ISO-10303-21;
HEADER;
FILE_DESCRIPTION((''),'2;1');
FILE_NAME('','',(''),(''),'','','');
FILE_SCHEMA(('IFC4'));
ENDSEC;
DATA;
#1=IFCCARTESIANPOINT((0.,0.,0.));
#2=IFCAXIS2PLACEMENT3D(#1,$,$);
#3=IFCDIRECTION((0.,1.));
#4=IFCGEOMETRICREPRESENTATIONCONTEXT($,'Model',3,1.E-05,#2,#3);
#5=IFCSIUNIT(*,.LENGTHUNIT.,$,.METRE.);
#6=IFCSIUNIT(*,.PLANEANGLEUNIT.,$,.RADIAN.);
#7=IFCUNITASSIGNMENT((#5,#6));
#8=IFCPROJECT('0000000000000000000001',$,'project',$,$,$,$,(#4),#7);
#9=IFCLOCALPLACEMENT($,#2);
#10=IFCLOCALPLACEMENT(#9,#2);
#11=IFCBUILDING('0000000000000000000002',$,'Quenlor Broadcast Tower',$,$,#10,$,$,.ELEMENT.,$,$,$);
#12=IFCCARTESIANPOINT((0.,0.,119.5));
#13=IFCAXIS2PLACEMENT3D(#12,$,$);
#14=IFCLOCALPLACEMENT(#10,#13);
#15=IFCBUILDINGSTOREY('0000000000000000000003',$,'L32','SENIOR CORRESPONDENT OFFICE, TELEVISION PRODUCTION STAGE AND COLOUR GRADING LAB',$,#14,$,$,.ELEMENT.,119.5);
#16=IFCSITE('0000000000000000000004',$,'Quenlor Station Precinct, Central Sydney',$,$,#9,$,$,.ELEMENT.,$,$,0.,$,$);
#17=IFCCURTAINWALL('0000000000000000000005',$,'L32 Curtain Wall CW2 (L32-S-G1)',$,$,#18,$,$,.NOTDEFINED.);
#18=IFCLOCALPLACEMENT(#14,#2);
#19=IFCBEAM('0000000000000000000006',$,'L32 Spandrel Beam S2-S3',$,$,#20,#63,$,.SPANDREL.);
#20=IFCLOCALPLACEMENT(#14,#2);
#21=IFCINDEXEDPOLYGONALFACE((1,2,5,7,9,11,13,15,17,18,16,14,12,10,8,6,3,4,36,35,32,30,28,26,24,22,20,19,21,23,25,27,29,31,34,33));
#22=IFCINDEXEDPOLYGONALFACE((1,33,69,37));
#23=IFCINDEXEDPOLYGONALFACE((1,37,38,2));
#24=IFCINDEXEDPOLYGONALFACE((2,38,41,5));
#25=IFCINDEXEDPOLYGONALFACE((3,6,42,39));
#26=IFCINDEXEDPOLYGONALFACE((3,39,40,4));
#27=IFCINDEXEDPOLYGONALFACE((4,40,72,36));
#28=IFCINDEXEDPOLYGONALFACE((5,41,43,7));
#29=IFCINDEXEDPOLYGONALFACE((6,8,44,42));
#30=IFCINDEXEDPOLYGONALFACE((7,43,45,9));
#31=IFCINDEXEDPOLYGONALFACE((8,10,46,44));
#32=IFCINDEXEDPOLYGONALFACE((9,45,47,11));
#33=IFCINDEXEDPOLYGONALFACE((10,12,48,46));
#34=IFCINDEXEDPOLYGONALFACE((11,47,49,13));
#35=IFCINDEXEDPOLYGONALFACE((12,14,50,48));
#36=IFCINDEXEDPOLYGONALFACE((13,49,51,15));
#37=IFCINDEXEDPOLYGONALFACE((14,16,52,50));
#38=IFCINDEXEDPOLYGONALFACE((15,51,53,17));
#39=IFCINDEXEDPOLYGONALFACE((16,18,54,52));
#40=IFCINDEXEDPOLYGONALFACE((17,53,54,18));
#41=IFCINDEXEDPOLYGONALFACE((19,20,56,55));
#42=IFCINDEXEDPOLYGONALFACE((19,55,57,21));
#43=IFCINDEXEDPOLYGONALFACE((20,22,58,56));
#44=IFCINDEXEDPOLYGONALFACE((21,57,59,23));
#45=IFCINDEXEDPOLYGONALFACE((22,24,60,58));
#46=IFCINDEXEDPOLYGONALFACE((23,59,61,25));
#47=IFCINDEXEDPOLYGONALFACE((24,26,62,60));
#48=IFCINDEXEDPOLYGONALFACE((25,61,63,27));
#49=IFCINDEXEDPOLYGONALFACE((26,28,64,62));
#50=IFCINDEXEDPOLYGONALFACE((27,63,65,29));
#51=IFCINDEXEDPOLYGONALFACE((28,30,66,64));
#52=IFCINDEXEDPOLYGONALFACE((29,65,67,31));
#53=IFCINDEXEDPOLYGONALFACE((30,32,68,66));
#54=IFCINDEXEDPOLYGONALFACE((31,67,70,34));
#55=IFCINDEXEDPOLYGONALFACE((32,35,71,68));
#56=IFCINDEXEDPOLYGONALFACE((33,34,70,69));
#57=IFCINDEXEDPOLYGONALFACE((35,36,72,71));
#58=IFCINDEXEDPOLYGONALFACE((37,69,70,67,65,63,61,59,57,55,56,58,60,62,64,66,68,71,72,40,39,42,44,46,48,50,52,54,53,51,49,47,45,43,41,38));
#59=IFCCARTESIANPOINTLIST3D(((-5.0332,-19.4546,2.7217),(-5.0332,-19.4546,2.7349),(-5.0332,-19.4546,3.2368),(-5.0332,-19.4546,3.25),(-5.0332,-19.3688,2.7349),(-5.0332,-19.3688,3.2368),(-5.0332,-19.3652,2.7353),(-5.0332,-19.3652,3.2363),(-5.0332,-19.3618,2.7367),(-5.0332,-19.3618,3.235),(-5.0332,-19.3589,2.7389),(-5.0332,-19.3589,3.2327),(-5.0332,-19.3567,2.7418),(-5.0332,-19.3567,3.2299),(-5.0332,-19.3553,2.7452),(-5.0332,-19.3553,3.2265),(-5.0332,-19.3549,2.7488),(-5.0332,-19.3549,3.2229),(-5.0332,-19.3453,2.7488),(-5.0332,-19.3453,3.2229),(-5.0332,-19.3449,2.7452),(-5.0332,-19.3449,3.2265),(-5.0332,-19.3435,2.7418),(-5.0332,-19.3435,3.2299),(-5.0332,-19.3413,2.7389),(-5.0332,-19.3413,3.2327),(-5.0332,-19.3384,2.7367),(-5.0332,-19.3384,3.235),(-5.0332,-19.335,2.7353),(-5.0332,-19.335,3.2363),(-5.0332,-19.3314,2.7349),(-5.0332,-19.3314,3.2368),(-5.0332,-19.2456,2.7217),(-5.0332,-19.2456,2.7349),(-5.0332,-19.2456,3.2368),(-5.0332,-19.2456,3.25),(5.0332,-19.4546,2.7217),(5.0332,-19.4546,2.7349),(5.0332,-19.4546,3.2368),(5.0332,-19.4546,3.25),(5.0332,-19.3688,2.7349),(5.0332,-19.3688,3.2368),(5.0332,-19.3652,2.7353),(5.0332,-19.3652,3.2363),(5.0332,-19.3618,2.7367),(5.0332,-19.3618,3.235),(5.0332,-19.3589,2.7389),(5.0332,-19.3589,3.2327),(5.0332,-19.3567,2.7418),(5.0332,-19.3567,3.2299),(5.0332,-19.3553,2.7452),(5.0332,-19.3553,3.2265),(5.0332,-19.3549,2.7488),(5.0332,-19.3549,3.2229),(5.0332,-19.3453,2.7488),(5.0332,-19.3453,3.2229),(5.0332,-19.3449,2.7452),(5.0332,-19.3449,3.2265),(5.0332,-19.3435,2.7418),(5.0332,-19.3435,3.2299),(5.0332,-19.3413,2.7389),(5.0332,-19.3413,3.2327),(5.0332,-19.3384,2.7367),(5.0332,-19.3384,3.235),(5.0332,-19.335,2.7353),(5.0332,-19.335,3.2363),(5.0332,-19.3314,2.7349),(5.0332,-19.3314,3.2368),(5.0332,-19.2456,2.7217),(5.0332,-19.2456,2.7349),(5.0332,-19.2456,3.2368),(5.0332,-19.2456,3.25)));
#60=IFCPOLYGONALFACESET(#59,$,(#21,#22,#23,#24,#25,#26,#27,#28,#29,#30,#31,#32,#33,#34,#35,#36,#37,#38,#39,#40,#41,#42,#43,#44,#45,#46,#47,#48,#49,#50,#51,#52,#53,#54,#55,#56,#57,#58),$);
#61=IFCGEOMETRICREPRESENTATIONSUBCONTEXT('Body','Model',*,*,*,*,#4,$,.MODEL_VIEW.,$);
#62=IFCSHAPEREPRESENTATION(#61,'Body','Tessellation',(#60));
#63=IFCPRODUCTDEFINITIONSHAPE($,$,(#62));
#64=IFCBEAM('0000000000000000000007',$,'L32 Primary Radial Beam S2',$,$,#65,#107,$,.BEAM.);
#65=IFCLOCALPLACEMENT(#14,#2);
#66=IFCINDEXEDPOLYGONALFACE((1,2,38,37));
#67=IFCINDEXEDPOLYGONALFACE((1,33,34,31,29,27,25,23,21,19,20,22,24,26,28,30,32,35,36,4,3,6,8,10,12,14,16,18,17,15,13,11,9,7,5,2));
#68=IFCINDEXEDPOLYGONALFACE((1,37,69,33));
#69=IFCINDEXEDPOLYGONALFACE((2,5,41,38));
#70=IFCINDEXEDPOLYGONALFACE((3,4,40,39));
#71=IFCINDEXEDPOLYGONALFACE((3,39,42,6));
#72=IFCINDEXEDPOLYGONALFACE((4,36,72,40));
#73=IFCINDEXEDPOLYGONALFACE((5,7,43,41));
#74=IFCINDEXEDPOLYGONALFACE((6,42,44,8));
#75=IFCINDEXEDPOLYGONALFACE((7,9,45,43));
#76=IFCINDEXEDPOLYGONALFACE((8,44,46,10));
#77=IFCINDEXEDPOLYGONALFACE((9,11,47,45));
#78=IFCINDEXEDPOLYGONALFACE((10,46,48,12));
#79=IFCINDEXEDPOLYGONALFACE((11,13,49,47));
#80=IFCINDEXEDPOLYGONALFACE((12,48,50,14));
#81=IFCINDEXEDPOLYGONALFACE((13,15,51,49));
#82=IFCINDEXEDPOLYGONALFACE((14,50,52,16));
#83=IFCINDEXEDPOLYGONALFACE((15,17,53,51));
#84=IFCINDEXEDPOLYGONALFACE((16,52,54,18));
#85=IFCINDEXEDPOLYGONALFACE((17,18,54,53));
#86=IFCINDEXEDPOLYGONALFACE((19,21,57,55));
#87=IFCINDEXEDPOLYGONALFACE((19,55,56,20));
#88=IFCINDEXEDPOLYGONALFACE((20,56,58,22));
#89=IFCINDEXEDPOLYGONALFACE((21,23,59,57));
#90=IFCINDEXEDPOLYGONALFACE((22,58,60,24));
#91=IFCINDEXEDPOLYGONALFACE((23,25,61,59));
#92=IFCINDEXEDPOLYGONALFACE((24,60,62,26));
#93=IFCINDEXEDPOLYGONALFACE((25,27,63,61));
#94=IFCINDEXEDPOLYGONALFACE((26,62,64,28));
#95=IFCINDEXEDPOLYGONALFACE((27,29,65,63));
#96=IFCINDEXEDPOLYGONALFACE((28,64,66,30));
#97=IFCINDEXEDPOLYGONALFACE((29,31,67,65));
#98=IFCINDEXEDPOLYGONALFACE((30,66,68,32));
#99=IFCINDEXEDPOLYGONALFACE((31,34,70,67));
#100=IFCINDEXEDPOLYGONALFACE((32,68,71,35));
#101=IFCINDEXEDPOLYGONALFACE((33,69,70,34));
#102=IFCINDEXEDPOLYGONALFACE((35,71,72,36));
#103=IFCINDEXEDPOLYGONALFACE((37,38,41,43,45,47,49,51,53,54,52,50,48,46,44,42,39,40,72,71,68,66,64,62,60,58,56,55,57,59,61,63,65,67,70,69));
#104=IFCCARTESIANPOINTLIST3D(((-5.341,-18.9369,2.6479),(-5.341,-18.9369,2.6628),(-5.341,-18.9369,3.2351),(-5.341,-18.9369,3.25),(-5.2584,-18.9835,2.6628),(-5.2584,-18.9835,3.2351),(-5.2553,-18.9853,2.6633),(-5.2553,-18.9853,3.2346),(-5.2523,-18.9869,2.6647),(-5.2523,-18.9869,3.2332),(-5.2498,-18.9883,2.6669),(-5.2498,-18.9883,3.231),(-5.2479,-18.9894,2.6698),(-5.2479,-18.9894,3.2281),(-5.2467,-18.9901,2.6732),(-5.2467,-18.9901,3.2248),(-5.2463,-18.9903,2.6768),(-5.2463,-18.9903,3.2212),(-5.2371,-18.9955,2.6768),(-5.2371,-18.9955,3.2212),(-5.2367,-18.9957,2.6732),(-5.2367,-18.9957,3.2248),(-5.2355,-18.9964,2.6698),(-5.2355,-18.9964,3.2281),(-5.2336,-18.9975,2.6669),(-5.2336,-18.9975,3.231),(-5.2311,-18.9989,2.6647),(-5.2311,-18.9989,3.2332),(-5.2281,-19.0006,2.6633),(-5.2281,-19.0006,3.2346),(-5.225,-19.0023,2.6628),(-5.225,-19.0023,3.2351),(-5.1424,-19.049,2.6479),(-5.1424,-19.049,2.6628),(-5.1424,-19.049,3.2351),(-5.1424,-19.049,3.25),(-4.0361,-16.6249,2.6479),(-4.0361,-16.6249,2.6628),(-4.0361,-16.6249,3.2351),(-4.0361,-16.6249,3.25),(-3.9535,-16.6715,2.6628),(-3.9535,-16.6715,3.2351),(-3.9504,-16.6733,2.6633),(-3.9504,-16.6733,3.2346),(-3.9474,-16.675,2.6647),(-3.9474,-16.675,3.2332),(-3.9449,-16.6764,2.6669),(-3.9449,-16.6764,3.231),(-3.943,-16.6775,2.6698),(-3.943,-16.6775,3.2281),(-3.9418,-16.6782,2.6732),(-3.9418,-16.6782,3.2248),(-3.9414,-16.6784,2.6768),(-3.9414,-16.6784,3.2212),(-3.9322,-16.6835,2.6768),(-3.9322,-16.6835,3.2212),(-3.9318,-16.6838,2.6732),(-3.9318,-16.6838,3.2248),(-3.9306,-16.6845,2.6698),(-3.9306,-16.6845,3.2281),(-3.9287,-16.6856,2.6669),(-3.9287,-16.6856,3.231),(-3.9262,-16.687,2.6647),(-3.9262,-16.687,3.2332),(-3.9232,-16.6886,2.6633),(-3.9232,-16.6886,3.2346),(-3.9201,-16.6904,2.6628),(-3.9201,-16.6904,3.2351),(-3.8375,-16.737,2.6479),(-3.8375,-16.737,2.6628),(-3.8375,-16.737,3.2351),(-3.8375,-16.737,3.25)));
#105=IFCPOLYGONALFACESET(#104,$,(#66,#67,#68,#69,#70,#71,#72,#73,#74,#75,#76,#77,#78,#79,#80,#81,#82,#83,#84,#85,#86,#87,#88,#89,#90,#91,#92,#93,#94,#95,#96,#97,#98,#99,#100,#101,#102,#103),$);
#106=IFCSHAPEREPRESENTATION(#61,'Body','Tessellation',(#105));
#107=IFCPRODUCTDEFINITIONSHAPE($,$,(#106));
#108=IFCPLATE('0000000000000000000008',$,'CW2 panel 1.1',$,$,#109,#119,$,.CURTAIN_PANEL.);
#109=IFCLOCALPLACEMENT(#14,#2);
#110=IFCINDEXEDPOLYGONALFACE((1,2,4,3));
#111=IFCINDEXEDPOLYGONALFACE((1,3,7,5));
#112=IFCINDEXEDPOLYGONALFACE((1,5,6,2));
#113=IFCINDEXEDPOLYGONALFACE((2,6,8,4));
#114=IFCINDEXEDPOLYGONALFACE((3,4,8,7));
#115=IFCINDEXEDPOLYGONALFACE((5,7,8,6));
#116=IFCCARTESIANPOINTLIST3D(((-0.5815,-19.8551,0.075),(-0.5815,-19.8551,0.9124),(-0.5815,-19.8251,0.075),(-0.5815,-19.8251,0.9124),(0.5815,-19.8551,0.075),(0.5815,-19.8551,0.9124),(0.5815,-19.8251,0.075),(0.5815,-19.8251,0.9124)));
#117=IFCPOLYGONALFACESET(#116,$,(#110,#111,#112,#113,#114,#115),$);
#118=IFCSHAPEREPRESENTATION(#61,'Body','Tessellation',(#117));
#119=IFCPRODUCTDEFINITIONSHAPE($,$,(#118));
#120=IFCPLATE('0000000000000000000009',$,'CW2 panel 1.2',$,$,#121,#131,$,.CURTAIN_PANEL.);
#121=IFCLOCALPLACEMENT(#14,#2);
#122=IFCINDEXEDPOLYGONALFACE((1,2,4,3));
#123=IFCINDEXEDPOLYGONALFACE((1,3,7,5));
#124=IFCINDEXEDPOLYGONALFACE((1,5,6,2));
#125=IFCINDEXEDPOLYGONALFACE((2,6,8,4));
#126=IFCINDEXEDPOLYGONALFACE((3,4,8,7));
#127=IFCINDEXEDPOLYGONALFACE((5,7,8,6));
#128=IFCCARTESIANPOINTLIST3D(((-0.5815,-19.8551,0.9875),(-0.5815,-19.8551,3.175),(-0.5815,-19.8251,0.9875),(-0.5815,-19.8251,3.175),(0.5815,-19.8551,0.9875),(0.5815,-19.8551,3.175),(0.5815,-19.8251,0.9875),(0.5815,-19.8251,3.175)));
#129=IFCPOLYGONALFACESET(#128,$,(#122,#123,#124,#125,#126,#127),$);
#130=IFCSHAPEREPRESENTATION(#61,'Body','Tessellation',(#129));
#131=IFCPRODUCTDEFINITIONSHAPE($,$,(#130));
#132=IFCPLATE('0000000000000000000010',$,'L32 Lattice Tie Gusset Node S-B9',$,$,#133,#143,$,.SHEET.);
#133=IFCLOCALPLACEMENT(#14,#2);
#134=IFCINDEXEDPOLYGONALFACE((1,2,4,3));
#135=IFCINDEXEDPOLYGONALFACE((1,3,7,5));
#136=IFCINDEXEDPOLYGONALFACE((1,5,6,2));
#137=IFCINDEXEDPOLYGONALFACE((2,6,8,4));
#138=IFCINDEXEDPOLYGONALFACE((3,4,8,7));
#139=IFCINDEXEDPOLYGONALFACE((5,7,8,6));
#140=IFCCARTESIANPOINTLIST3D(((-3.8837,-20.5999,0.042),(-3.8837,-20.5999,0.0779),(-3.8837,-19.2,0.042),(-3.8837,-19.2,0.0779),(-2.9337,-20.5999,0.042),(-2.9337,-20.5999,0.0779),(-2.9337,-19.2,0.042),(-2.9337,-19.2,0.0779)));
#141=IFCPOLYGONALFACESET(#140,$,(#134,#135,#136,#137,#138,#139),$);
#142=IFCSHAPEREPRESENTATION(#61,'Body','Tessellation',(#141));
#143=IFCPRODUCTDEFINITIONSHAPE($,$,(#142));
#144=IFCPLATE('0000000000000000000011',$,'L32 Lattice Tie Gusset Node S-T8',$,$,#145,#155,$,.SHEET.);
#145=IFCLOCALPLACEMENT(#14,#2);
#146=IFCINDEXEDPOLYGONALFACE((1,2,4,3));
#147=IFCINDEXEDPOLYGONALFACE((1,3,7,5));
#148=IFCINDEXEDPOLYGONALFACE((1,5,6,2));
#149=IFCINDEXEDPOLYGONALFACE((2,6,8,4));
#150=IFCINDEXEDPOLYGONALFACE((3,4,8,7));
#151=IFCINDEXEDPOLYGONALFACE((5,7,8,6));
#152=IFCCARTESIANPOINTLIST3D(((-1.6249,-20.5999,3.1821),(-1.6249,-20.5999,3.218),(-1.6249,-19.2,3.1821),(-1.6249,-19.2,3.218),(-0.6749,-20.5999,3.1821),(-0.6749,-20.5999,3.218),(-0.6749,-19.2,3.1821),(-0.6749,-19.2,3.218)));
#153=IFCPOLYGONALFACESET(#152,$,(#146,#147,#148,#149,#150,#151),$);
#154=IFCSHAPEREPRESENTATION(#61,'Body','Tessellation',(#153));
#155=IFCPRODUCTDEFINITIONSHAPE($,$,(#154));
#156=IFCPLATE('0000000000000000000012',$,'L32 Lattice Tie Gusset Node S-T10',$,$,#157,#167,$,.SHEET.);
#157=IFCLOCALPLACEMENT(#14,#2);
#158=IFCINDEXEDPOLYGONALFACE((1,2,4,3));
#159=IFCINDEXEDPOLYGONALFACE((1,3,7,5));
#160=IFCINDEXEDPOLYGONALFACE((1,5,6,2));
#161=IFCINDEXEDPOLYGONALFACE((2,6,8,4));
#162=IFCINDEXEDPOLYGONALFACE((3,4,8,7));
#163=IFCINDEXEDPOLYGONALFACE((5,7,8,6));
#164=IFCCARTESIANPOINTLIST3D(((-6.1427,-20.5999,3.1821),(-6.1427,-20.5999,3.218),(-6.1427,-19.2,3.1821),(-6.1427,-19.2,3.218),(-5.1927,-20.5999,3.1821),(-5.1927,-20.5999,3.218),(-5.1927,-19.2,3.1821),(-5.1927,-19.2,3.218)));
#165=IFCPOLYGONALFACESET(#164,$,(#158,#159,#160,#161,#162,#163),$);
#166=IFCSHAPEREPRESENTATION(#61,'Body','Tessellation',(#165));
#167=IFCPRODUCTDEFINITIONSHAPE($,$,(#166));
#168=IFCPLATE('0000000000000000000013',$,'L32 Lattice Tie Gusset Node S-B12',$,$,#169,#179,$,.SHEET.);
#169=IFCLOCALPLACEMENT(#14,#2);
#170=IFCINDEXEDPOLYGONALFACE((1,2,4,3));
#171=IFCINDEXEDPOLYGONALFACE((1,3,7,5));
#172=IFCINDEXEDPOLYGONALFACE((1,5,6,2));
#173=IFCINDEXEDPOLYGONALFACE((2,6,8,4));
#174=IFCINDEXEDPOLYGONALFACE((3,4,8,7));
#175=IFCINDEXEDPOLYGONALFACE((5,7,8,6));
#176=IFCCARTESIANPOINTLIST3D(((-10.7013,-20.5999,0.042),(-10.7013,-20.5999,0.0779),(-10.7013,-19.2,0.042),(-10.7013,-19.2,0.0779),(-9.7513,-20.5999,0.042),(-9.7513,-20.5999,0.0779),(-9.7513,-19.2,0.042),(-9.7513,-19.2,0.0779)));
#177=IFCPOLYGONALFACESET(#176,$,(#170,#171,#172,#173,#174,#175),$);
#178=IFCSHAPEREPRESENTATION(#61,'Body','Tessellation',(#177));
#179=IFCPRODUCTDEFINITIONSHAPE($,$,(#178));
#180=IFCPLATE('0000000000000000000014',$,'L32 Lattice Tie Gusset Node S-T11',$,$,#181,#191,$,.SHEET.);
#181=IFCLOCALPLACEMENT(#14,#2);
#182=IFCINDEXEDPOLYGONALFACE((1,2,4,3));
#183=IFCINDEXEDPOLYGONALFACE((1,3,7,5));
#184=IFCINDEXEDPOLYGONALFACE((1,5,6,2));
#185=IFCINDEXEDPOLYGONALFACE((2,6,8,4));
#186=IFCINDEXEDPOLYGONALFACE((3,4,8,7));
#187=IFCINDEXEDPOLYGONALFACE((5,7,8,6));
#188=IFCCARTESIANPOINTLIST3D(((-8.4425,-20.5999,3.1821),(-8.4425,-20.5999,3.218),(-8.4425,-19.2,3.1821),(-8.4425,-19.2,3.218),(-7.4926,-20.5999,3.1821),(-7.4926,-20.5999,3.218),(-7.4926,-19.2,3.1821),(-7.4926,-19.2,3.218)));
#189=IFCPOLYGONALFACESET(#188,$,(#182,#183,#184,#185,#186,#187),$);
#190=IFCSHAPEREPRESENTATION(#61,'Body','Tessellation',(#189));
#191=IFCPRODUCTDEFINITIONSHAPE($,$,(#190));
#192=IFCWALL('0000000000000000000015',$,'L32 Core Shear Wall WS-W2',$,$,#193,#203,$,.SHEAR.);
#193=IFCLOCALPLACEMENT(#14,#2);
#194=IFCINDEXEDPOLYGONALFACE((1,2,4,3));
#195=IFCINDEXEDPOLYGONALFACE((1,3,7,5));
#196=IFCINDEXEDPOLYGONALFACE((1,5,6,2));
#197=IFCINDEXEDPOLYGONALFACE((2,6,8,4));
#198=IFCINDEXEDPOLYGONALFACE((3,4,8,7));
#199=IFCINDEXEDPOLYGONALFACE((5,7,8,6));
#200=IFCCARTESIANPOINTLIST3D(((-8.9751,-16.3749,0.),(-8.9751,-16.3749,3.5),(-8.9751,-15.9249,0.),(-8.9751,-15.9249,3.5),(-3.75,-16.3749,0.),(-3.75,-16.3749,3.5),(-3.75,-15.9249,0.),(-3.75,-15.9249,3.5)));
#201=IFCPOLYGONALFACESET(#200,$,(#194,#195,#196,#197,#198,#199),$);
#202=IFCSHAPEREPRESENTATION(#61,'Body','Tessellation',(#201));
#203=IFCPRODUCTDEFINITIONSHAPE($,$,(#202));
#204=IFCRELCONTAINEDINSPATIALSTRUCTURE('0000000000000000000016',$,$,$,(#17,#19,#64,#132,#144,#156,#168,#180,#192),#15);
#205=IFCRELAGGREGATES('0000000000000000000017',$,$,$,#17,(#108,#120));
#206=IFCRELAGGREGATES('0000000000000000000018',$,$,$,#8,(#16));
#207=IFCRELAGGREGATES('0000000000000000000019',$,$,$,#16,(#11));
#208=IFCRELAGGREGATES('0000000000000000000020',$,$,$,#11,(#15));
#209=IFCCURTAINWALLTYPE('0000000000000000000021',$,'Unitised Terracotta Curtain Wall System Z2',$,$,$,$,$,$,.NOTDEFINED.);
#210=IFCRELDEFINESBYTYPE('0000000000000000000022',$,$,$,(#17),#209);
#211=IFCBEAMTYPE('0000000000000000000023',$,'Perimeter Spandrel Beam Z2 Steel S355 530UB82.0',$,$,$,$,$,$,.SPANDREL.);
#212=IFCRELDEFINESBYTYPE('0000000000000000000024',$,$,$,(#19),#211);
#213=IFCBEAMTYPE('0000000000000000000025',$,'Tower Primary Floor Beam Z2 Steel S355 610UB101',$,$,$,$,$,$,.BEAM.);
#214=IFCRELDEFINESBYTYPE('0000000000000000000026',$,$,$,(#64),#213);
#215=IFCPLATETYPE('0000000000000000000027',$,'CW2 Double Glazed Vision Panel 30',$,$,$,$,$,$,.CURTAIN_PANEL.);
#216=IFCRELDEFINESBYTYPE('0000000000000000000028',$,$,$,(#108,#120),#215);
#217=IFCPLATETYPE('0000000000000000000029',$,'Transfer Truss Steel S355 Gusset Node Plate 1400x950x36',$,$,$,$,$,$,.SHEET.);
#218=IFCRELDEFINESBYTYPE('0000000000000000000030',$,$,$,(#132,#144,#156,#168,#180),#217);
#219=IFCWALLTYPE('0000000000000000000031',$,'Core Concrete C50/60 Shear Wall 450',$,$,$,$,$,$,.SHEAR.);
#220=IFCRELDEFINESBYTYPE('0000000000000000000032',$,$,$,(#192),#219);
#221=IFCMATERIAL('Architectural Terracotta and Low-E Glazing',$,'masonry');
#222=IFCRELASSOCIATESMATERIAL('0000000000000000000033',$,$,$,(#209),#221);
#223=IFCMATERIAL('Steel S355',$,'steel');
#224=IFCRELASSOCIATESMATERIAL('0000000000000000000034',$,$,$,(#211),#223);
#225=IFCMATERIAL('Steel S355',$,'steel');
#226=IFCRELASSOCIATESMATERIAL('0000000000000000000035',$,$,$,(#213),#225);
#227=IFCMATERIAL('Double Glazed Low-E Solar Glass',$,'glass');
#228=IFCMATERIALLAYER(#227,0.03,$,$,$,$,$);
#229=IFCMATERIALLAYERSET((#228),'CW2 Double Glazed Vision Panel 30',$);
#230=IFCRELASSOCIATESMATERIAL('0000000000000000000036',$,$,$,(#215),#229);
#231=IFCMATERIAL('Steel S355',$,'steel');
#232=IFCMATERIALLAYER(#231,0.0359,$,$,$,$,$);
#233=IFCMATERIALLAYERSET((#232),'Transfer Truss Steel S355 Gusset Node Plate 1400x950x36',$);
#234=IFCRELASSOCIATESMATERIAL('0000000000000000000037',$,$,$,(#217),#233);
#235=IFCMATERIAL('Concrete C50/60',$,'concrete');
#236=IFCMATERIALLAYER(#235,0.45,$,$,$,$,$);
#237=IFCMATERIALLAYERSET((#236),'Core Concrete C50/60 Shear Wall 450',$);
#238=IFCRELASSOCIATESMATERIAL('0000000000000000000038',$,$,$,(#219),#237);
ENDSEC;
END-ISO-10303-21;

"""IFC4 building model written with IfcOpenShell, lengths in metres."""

from ifc_helpers import new_model, si_unit, direction, frame, frame_2d, origin, origin_2d, place, context, subcontext, project, spatial, rectangle, i_section, extrude, material, layer, layer_set, material_profile, profile_set, type_object, element, aggregate, save


model = new_model("IFC4")

# Units and contexts
model_context = context("Model", 3, precision=1e-05, world=origin(), true_north=direction((0.0, 1.0)))
body_context = subcontext(model_context, "Body", "Model", "MODEL_VIEW")
ifc_project = project(units=[si_unit("LENGTHUNIT", "METRE"), si_unit("PLANEANGLEUNIT", "RADIAN")], contexts=[model_context])

# Site, building, storey
site_placement = place(None, origin())
site = spatial("IfcSite", under=ifc_project, at=site_placement, Name="Quenlor Station Precinct, Central Sydney", CompositionType="ELEMENT", RefElevation=0.0)
building_placement = place(site_placement, origin())
building = spatial("IfcBuilding", under=site, at=building_placement, Name="Quenlor Broadcast Tower", CompositionType="ELEMENT")
storey_placement = place(building_placement, frame((0.0, 0.0, 119.5)))
storey = spatial("IfcBuildingStorey", under=building, at=storey_placement, Name="L32", Description="SENIOR CORRESPONDENT OFFICE, TELEVISION PRODUCTION STAGE AND COLOUR GRADING LAB", CompositionType="ELEMENT", Elevation=119.5)

# Curtain wall
ifc_material_1 = material(Name="Architectural Terracotta and Low-E Glazing", Category="masonry")
curtain_wall_type = type_object("IfcCurtainWallType", Name="Unitised Terracotta Curtain Wall System Z2", PredefinedType="NOTDEFINED", material=ifc_material_1)
curtain_wall_placement = place(storey_placement, origin())
curtain_wall = element("IfcCurtainWall", 1, at=curtain_wall_placement, inside=storey, type_object=curtain_wall_type, Name="L32 Curtain Wall CW2 (L32-S-G1)", PredefinedType="NOTDEFINED")

# Beams
ifc_material_2 = material(Name="Steel S355", Category="steel")
ifc_material_profile_1 = material_profile(ifc_material_2, i_section(OverallWidth=0.209, OverallDepth=0.5283, WebThickness=0.0095, FlangeThickness=0.0132, FilletRadius=0.0139, at=origin_2d()))
ifc_profile_set_1 = profile_set([ifc_material_profile_1], Name="Steel S355 530UB82.0")
beam_type_1 = type_object("IfcBeamType", Name="Perimeter Spandrel Beam Z2 Steel S355 530UB82.0", PredefinedType="SPANDREL", material=ifc_profile_set_1)
beam_1_placement = place(storey_placement, frame((-5.0332, -19.3501, 2.9858), z_axis=(1.0, 0.0, 0.0), x_axis=(0.0, 1.0, 0.0)))
element("IfcBeam", 2, at=beam_1_placement, inside=storey, type_object=beam_type_1, Name="L32 Spandrel Beam S2-S3", PredefinedType="SPANDREL", context=body_context, shape_type="SweptSolid", body=[
    extrude(i_section(OverallWidth=0.209, OverallDepth=0.5283, WebThickness=0.0095, FlangeThickness=0.0132, FilletRadius=0.0139, at=origin_2d()), origin(), (0.0, 0.0, 1.0), 10.0664),
])
ifc_material_3 = material(Name="Steel S355", Category="steel")
ifc_material_profile_2 = material_profile(ifc_material_3, i_section(OverallWidth=0.228, OverallDepth=0.6021, WebThickness=0.0105, FlangeThickness=0.0149, FilletRadius=0.0139, at=origin_2d()))
ifc_profile_set_2 = profile_set([ifc_material_profile_2], Name="Steel S355 610UB101")
beam_type_2 = type_object("IfcBeamType", Name="Tower Primary Floor Beam Z2 Steel S355 610UB101", PredefinedType="BEAM", material=ifc_profile_set_2)
beam_2_placement = place(storey_placement, frame((-5.2417, -18.9929, 2.949), z_axis=(0.491527, 0.870862, 0.0), x_axis=(-0.870862, 0.491527, 0.0)))
element("IfcBeam", 3, at=beam_2_placement, inside=storey, type_object=beam_type_2, Name="L32 Primary Radial Beam S2", PredefinedType="BEAM", context=body_context, shape_type="SweptSolid", body=[
    extrude(i_section(OverallWidth=0.228, OverallDepth=0.6021, WebThickness=0.0105, FlangeThickness=0.0149, FilletRadius=0.0139, at=origin_2d()), origin(), (0.0, 0.0, 1.0), 2.6548),
])

# Plates
ifc_material_4 = material(Name="Double Glazed Low-E Solar Glass", Category="glass")
ifc_layer_1 = layer(ifc_material_4, 0.03)
ifc_layer_set_1 = layer_set([ifc_layer_1], Name="CW2 Double Glazed Vision Panel 30")
plate_type_1 = type_object("IfcPlateType", Name="CW2 Double Glazed Vision Panel 30", PredefinedType="CURTAIN_PANEL", material=ifc_layer_set_1)
plate_1_placement = place(storey_placement, frame((0.0, -19.8401, 0.075), z_axis=(0.0, 0.0, 1.0), x_axis=(-1.0, 0.0, 0.0)))
plate_1 = element("IfcPlate", 4, at=plate_1_placement, type_object=plate_type_1, Name="CW2 panel 1.1", PredefinedType="CURTAIN_PANEL", context=body_context, shape_type="SweptSolid", body=[
    extrude(rectangle(XDim=1.1631, YDim=0.03, at=origin_2d()), origin(), (0.0, 0.0, 1.0), 0.8374),
])
plate_2_placement = place(storey_placement, frame((0.0, -19.8401, 0.9875), z_axis=(0.0, 0.0, 1.0), x_axis=(-1.0, 0.0, 0.0)))
plate_2 = element("IfcPlate", 5, at=plate_2_placement, type_object=plate_type_1, Name="CW2 panel 1.2", PredefinedType="CURTAIN_PANEL", context=body_context, shape_type="SweptSolid", body=[
    extrude(rectangle(XDim=1.1631, YDim=0.03, at=origin_2d()), origin(), (0.0, 0.0, 1.0), 2.1875),
])
aggregate(curtain_wall, [plate_1, plate_2])

# Plates
ifc_material_5 = material(Name="Steel S355", Category="steel")
ifc_layer_2 = layer(ifc_material_5, 0.0359)
ifc_layer_set_2 = layer_set([ifc_layer_2], Name="Transfer Truss Steel S355 Gusset Node Plate 1400x950x36")
plate_type_2 = type_object("IfcPlateType", Name="Transfer Truss Steel S355 Gusset Node Plate 1400x950x36", PredefinedType="SHEET", material=ifc_layer_set_2)
for number, where, z_axis, x_axis, name in (
    (6, (-3.4087, -19.8999, 0.042), (0.0, 0.0, 1.0), (0.0, -1.0, 0.0), "L32 Lattice Tie Gusset Node S-B9"),
    (7, (-1.1499, -19.8999, 3.1821), (0.0, 0.0, 1.0), (0.0, -1.0, 0.0), "L32 Lattice Tie Gusset Node S-T8"),
    (8, (-5.6677, -19.8999, 3.1821), (0.0, 0.0, 1.0), (0.0, -1.0, 0.0), "L32 Lattice Tie Gusset Node S-T10"),
    (9, (-10.2263, -19.8999, 0.042), (0.0, 0.0, 1.0), (0.0, -1.0, 0.0), "L32 Lattice Tie Gusset Node S-B12"),
    (10, (-7.9675, -19.8999, 3.1821), (0.0, 0.0, 1.0), (0.0, -1.0, 0.0), "L32 Lattice Tie Gusset Node S-T11"),
):
    element("IfcPlate", number, at=place(storey_placement, frame(where, z_axis=z_axis, x_axis=x_axis)), inside=storey, type_object=plate_type_2, Name=name, PredefinedType="SHEET", context=body_context, shape_type="SweptSolid", body=[
        extrude(rectangle(XDim=1.3999, YDim=0.95, at=origin_2d()), origin(), (0.0, 0.0, 1.0), 0.0359),
    ])

# Wall
ifc_material_6 = material(Name="Concrete C50/60", Category="concrete")
ifc_layer_3 = layer(ifc_material_6, 0.45)
ifc_layer_set_3 = layer_set([ifc_layer_3], Name="Core Concrete C50/60 Shear Wall 450")
wall_type_1 = type_object("IfcWallType", Name="Core Concrete C50/60 Shear Wall 450", PredefinedType="SHEAR", material=ifc_layer_set_3)
wall_1_placement = place(storey_placement, frame((-8.9751, -16.1499, 0.0), z_axis=(0.0, 0.0, 1.0), x_axis=(1.0, 0.0, 0.0)))
element("IfcWall", 11, at=wall_1_placement, inside=storey, type_object=wall_type_1, Name="L32 Core Shear Wall WS-W2", PredefinedType="SHEAR", context=body_context, shape_type="SweptSolid", body=[
    extrude(rectangle(XDim=5.2251, YDim=0.45, at=frame_2d((2.6125, 0.0))), origin(), (0.0, 0.0, 1.0), 3.5),
])

save(model, "model.ifc")
